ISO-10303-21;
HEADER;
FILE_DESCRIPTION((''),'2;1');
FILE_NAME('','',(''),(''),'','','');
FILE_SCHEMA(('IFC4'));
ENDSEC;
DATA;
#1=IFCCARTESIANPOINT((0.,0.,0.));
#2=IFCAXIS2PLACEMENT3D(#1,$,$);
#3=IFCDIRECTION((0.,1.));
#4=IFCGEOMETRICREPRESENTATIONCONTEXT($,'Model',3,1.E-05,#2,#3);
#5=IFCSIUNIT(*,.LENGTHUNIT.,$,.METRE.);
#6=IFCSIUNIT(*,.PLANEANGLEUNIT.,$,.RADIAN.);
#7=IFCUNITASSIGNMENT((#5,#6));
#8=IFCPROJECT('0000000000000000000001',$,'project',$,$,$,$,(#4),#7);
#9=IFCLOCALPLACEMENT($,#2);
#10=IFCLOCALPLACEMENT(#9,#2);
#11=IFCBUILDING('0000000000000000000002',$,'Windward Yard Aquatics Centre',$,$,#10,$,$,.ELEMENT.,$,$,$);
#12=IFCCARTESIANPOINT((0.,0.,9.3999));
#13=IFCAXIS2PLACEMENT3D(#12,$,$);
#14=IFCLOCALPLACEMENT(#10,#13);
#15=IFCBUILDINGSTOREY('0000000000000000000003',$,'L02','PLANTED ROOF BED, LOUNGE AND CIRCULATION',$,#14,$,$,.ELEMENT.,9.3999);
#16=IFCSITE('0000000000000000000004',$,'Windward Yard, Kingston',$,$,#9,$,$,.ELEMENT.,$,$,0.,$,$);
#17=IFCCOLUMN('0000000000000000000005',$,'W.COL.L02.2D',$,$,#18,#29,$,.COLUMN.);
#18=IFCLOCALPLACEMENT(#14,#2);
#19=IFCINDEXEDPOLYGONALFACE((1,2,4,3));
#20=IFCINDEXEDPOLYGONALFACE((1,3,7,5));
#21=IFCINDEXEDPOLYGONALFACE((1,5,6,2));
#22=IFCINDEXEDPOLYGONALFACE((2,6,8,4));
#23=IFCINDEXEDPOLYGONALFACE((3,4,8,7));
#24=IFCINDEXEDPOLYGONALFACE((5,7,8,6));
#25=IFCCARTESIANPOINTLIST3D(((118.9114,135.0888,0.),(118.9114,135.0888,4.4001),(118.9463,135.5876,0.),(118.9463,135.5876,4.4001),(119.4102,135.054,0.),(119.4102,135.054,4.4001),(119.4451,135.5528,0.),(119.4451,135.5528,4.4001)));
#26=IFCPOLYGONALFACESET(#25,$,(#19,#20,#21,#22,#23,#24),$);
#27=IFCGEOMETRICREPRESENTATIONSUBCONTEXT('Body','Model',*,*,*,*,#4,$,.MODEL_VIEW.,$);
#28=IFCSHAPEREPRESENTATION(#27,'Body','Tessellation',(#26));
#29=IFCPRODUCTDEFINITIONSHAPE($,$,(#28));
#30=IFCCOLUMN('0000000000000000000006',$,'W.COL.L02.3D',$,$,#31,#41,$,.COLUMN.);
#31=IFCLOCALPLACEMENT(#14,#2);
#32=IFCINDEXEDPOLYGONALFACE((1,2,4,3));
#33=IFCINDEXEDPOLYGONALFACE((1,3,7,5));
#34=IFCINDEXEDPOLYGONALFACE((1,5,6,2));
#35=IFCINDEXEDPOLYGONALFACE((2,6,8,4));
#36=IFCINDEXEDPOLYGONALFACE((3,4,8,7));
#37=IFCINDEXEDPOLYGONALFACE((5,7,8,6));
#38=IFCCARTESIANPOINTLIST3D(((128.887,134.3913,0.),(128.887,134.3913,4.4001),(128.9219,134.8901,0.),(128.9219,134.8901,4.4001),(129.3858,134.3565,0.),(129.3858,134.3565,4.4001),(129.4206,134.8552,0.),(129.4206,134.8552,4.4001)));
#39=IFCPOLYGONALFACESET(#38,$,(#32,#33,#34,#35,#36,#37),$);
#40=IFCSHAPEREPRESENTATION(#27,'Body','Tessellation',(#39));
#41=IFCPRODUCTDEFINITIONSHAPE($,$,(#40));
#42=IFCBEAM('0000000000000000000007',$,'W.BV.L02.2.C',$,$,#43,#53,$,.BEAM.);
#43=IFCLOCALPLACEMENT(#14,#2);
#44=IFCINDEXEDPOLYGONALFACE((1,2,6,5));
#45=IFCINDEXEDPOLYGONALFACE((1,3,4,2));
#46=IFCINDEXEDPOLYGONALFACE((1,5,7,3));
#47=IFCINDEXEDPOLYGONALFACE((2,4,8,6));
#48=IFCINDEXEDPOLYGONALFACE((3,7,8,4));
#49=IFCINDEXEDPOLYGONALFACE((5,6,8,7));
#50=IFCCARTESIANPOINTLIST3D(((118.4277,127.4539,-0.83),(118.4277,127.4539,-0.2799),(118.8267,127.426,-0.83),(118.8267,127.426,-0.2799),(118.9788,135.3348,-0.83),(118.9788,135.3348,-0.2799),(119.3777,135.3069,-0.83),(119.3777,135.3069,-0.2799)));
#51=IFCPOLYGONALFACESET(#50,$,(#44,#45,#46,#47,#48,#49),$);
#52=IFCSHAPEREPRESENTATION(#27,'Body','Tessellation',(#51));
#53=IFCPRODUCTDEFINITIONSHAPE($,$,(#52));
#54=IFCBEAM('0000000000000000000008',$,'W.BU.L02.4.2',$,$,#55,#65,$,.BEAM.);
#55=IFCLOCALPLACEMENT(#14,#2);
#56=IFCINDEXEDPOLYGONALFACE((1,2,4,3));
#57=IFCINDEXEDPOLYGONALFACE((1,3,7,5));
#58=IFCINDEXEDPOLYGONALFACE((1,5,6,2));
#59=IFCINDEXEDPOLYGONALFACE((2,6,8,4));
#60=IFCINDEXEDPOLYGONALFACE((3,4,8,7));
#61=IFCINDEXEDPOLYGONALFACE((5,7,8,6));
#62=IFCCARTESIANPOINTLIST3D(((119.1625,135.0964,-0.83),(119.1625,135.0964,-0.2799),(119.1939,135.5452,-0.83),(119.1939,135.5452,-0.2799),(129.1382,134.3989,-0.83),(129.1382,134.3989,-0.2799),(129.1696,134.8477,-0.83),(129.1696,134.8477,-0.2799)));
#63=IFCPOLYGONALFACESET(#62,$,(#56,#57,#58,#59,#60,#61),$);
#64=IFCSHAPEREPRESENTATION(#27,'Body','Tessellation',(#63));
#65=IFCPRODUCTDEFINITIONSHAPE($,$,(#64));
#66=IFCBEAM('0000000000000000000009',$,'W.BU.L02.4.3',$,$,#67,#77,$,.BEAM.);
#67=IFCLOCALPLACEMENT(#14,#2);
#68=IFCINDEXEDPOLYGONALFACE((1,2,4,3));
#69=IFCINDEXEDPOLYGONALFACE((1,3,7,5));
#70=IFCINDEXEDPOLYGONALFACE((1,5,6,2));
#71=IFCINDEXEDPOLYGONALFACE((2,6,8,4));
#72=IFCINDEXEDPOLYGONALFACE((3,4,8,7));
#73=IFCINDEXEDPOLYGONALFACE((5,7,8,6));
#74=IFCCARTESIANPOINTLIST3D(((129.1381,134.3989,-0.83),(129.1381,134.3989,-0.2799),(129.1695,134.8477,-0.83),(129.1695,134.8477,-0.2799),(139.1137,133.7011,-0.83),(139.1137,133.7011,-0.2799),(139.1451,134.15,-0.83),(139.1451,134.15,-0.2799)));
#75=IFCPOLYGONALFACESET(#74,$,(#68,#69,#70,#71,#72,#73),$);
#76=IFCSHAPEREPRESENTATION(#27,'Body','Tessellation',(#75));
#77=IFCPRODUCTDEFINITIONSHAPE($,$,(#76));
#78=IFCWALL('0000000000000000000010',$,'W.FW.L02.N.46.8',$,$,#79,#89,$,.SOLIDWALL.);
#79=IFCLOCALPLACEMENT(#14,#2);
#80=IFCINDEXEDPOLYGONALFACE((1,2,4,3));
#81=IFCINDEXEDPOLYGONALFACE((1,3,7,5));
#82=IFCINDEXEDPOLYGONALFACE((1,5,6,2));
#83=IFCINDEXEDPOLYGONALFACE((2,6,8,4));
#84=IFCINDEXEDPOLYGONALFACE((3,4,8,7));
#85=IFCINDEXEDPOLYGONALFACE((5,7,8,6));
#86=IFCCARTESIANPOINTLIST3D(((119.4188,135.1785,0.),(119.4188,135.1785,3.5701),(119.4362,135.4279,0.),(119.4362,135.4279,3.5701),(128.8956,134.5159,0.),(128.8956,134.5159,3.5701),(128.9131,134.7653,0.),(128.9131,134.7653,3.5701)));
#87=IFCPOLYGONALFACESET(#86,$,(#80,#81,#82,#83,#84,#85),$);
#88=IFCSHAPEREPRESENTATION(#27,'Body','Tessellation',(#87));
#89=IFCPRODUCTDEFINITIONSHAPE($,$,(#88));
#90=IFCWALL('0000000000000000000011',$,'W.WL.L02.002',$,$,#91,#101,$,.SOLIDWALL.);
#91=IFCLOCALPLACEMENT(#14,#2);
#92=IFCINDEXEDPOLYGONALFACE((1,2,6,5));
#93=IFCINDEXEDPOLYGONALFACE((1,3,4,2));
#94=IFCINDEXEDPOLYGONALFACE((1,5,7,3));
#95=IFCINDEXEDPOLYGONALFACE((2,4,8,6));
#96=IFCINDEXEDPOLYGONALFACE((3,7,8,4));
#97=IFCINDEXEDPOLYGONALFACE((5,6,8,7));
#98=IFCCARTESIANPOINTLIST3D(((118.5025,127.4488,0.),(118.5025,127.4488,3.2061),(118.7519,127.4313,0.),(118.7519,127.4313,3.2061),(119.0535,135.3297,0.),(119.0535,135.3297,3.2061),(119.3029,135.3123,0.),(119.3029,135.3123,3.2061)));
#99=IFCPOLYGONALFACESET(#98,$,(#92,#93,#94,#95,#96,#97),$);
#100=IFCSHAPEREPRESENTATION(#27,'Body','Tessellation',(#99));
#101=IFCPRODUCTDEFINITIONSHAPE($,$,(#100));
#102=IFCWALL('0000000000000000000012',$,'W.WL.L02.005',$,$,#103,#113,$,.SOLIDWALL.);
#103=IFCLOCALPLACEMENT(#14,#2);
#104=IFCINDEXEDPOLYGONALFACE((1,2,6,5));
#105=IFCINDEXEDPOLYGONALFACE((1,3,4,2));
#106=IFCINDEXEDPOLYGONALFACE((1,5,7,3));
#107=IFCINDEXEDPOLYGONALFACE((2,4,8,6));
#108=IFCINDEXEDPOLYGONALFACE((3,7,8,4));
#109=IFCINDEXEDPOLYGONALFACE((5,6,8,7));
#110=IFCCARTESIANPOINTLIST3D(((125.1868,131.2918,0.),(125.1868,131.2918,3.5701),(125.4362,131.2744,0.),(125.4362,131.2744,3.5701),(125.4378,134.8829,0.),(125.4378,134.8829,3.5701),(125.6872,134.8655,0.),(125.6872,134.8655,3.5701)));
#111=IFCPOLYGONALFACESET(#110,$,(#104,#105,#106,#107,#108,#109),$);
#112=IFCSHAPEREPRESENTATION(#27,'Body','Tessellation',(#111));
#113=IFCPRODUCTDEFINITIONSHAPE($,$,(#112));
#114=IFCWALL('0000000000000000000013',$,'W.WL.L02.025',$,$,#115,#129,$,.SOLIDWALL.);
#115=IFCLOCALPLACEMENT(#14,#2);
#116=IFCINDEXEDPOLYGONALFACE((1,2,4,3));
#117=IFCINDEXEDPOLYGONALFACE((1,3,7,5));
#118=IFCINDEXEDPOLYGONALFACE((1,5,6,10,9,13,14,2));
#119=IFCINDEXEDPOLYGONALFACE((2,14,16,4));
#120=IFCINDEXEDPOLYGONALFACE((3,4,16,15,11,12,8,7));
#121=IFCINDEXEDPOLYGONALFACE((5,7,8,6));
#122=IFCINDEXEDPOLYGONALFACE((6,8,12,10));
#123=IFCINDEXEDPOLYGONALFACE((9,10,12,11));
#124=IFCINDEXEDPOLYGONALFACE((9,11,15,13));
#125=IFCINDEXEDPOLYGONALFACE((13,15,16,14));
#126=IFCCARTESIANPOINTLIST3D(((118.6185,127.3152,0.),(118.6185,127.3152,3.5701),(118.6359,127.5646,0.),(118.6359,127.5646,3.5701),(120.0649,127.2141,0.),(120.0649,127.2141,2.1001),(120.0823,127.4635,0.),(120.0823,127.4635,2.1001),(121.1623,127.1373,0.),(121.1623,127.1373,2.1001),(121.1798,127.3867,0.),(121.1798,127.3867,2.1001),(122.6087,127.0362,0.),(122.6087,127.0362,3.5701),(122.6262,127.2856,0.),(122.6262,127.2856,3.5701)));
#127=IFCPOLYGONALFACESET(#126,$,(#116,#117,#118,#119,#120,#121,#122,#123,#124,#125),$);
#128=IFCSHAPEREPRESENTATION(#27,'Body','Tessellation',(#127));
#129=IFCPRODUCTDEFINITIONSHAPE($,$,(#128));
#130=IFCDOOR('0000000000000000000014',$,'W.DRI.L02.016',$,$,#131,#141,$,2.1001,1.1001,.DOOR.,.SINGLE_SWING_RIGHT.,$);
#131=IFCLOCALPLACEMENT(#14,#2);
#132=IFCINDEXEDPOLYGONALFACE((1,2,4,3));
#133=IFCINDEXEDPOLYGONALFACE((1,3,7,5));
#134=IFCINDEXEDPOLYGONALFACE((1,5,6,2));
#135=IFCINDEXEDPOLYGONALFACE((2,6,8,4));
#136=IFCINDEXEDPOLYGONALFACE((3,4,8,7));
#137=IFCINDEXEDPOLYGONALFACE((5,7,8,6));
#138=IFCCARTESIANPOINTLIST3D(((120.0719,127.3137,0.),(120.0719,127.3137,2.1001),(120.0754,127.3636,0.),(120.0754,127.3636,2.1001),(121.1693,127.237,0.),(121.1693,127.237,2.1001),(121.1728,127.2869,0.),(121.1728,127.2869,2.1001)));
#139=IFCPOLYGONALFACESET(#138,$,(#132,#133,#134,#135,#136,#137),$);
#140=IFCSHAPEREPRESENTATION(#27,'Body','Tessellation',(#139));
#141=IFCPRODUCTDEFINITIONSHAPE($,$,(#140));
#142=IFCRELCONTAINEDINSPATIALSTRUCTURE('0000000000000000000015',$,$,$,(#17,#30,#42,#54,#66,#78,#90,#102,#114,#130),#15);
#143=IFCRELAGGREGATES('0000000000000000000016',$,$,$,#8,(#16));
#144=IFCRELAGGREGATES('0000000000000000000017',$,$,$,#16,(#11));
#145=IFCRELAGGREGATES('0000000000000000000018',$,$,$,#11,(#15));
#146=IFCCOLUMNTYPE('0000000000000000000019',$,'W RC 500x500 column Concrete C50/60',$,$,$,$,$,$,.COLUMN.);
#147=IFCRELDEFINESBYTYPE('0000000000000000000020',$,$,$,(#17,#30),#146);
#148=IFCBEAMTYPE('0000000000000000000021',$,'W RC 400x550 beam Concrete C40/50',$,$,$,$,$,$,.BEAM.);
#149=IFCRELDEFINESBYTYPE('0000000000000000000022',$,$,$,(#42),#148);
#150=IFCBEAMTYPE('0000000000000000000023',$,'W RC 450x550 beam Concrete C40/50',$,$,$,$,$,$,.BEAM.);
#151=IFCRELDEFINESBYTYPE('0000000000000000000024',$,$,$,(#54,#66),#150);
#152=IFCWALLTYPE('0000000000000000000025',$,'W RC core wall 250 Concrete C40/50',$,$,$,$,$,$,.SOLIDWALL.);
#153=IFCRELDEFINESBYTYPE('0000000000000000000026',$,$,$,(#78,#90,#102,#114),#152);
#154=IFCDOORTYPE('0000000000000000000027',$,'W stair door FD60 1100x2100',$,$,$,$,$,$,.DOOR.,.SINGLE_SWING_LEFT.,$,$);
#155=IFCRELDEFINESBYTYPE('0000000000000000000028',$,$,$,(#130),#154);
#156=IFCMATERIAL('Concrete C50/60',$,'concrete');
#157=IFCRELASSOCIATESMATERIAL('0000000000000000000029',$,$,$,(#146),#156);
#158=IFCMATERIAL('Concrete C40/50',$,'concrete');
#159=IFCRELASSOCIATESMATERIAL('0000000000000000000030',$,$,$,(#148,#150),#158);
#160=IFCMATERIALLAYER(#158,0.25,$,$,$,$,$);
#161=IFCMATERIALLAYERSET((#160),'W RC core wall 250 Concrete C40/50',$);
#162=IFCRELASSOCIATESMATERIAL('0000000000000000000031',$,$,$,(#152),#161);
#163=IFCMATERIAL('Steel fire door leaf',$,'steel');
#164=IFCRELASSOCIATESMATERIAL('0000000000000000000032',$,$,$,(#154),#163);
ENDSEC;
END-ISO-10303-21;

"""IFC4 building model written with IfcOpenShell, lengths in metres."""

from ifc_helpers import new_model, si_unit, direction, frame, frame_2d, origin, origin_2d, place, context, subcontext, project, spatial, rectangle, extrude, material, layer, layer_set, material_profile, profile_set, type_object, element, fill, save


model = new_model("IFC4")

# Units and contexts
model_context = context("Model", 3, precision=1e-05, world=origin(), true_north=direction((0.0, 1.0)))
body_context = subcontext(model_context, "Body", "Model", "MODEL_VIEW")
ifc_project = project(units=[si_unit("LENGTHUNIT", "METRE"), si_unit("PLANEANGLEUNIT", "RADIAN")], contexts=[model_context])

# Site, building, storey
site_placement = place(None, origin())
site = spatial("IfcSite", under=ifc_project, at=site_placement, Name="Windward Yard, Kingston", CompositionType="ELEMENT", RefElevation=0.0)
building_placement = place(site_placement, origin())
building = spatial("IfcBuilding", under=site, at=building_placement, Name="Windward Yard Aquatics Centre", CompositionType="ELEMENT")
storey_placement = place(building_placement, frame((0.0, 0.0, 9.3999)))
storey = spatial("IfcBuildingStorey", under=building, at=storey_placement, Name="L02", Description="PLANTED ROOF BED, LOUNGE AND CIRCULATION", CompositionType="ELEMENT", Elevation=9.3999)

# Columns
ifc_material_1 = material(Name="Concrete C50/60", Category="concrete")
ifc_material_profile_1 = material_profile(ifc_material_1, rectangle(XDim=0.5, YDim=0.5, at=origin_2d()), Name="RC 500x500")
ifc_profile_set_1 = profile_set([ifc_material_profile_1], Name="Concrete C50/60")
column_type = type_object("IfcColumnType", Name="W RC 500x500 column Concrete C50/60", PredefinedType="COLUMN", material=ifc_profile_set_1)
for number, where, z_axis, x_axis, name in (
    (1, (119.1782, 135.3208, 0.0), (0.0, 0.0, 1.0), (0.997564, -0.069756, 0.0), "W.COL.L02.2D"),
    (2, (129.1538, 134.6233, 0.0), (0.0, 0.0, 1.0), (0.997564, -0.069756, 0.0), "W.COL.L02.3D"),
):
    element("IfcColumn", number, at=place(storey_placement, frame(where, z_axis=z_axis, x_axis=x_axis)), inside=storey, type_object=column_type, Name=name, PredefinedType="COLUMN", context=body_context, shape_type="SweptSolid", body=[
        extrude(rectangle(XDim=0.5, YDim=0.5, at=origin_2d()), origin(), (0.0, 0.0, 1.0), 4.4001),
    ])

# Beams
ifc_material_2 = material(Name="Concrete C40/50", Category="concrete")
ifc_material_profile_2 = material_profile(ifc_material_2, rectangle(XDim=0.3999, YDim=0.55, at=origin_2d()), Name="RC 400x550")
ifc_profile_set_2 = profile_set([ifc_material_profile_2], Name="Concrete C40/50")
beam_type_1 = type_object("IfcBeamType", Name="W RC 400x550 beam Concrete C40/50", PredefinedType="BEAM", material=ifc_profile_set_2)
beam_placement = place(storey_placement, frame((118.6272, 127.4399, -0.5549), z_axis=(0.069749, 0.997565, 0.0), x_axis=(-0.997565, 0.069749, 0.0)))
element("IfcBeam", 3, at=beam_placement, inside=storey, type_object=beam_type_1, Name="W.BV.L02.2.C", PredefinedType="BEAM", context=body_context, shape_type="SweptSolid", body=[
    extrude(rectangle(XDim=0.3999, YDim=0.55, at=origin_2d()), origin(), (0.0, 0.0, 1.0), 7.9001),
])
ifc_material_profile_3 = material_profile(ifc_material_2, rectangle(XDim=0.45, YDim=0.55, at=origin_2d()), Name="RC 450x550")
ifc_profile_set_3 = profile_set([ifc_material_profile_3], Name="Concrete C40/50")
beam_type_2 = type_object("IfcBeamType", Name="W RC 450x550 beam Concrete C40/50", PredefinedType="BEAM", material=ifc_profile_set_3)
for number, where, z_axis, x_axis, name in (
    (4, (119.1782, 135.3208, -0.5549), (0.997564, -0.069751, 0.0), (0.069751, 0.997564, 0.0), "W.BU.L02.4.2"),
    (5, (129.1538, 134.6233, -0.5549), (0.997563, -0.069776, 0.0), (0.069776, 0.997563, 0.0), "W.BU.L02.4.3"),
):
    element("IfcBeam", number, at=place(storey_placement, frame(where, z_axis=z_axis, x_axis=x_axis)), inside=storey, type_object=beam_type_2, Name=name, PredefinedType="BEAM", context=body_context, shape_type="SweptSolid", body=[
        extrude(rectangle(XDim=0.45, YDim=0.55, at=origin_2d()), origin(), (0.0, 0.0, 1.0), 10.0),
    ])

# Walls
ifc_layer_1 = layer(ifc_material_2, 0.25)
ifc_layer_set_1 = layer_set([ifc_layer_1], Name="W RC core wall 250 Concrete C40/50")
wall_type_1 = type_object("IfcWallType", Name="W RC core wall 250 Concrete C40/50", PredefinedType="SOLIDWALL", material=ifc_layer_set_1)
wall_1_placement = place(storey_placement, frame((119.4275, 135.3032, 0.0), z_axis=(0.0, 0.0, 1.0), x_axis=(0.997565, -0.069748, 0.0)))
element("IfcWall", 6, at=wall_1_placement, inside=storey, type_object=wall_type_1, Name="W.FW.L02.N.46.8", PredefinedType="SOLIDWALL", context=body_context, shape_type="SweptSolid", body=[
    extrude(rectangle(XDim=9.5, YDim=0.25, at=frame_2d((4.75, 0.0))), origin(), (0.0, 0.0, 1.0), 3.5701),
])
wall_2_placement = place(storey_placement, frame((118.6272, 127.4399, 0.0), z_axis=(0.0, 0.0, 1.0), x_axis=(0.069749, 0.997565, 0.0)))
element("IfcWall", 7, at=wall_2_placement, inside=storey, type_object=wall_type_1, Name="W.WL.L02.002", PredefinedType="SOLIDWALL", context=body_context, shape_type="SweptSolid", body=[
    extrude(rectangle(XDim=7.9001, YDim=0.25, at=frame_2d((3.9502, 0.0))), origin(), (0.0, 0.0, 1.0), 3.2061),
])
wall_3_placement = place(storey_placement, frame((125.3115, 131.2832, 0.0), z_axis=(0.0, 0.0, 1.0), x_axis=(0.069719, 0.997567, 0.0)))
element("IfcWall", 8, at=wall_3_placement, inside=storey, type_object=wall_type_1, Name="W.WL.L02.005", PredefinedType="SOLIDWALL", context=body_context, shape_type="SweptSolid", body=[
    extrude(rectangle(XDim=3.5999, YDim=0.25, at=frame_2d((1.7998, 0.0))), origin(), (0.0, 0.0, 1.0), 3.5701),
])

# Wall, opening, door
wall_4_placement = place(storey_placement, frame((118.6272, 127.4399, 0.0), z_axis=(0.0, 0.0, 1.0), x_axis=(0.997564, -0.069764, 0.0)))
wall_4 = element("IfcWall", 9, at=wall_4_placement, inside=storey, type_object=wall_type_1, Name="W.WL.L02.025", PredefinedType="SOLIDWALL", context=body_context, shape_type="SweptSolid", body=[
    extrude(rectangle(XDim=4.0, YDim=0.25, at=frame_2d((2.0, 0.0))), origin(), (0.0, 0.0, 1.0), 3.5701),
])
opening_1_placement = place(wall_4_placement, frame((1.45, 0.0, 0.0)))
opening_1 = element("IfcOpeningElement", 10, at=opening_1_placement, cuts=wall_4, PredefinedType="OPENING", context=body_context, shape_type="SweptSolid", body=[
    extrude(rectangle(XDim=1.1001, YDim=2.1001, at=frame_2d((0.55, 1.05))), frame((0.0, 0.135, 0.0), z_axis=(0.0, -1.0, 0.0), x_axis=(1.0, 0.0, 0.0)), (0.0, 0.0, 1.0), 0.27),
])
ifc_material_3 = material(Name="Steel fire door leaf", Category="steel")
door_type_1 = type_object("IfcDoorType", Name="W stair door FD60 1100x2100", OperationType="SINGLE_SWING_LEFT", PredefinedType="DOOR", material=ifc_material_3)
door_1_placement = place(opening_1_placement, origin())
door_1 = element("IfcDoor", 11, at=door_1_placement, inside=storey, type_object=door_type_1, Name="W.DRI.L02.016", OperationType="SINGLE_SWING_RIGHT", OverallHeight=2.1001, OverallWidth=1.1001, PredefinedType="DOOR", context=body_context, shape_type="SweptSolid", body=[
    extrude(rectangle(XDim=1.1001, YDim=2.1001, at=frame_2d((0.55, 1.05))), frame((0.0, 0.0249, 0.0), z_axis=(0.0, -1.0, 0.0), x_axis=(1.0, 0.0, 0.0)), (0.0, 0.0, 1.0), 0.05),
])
fill(opening_1, door_1)

save(model, "model.ifc")
